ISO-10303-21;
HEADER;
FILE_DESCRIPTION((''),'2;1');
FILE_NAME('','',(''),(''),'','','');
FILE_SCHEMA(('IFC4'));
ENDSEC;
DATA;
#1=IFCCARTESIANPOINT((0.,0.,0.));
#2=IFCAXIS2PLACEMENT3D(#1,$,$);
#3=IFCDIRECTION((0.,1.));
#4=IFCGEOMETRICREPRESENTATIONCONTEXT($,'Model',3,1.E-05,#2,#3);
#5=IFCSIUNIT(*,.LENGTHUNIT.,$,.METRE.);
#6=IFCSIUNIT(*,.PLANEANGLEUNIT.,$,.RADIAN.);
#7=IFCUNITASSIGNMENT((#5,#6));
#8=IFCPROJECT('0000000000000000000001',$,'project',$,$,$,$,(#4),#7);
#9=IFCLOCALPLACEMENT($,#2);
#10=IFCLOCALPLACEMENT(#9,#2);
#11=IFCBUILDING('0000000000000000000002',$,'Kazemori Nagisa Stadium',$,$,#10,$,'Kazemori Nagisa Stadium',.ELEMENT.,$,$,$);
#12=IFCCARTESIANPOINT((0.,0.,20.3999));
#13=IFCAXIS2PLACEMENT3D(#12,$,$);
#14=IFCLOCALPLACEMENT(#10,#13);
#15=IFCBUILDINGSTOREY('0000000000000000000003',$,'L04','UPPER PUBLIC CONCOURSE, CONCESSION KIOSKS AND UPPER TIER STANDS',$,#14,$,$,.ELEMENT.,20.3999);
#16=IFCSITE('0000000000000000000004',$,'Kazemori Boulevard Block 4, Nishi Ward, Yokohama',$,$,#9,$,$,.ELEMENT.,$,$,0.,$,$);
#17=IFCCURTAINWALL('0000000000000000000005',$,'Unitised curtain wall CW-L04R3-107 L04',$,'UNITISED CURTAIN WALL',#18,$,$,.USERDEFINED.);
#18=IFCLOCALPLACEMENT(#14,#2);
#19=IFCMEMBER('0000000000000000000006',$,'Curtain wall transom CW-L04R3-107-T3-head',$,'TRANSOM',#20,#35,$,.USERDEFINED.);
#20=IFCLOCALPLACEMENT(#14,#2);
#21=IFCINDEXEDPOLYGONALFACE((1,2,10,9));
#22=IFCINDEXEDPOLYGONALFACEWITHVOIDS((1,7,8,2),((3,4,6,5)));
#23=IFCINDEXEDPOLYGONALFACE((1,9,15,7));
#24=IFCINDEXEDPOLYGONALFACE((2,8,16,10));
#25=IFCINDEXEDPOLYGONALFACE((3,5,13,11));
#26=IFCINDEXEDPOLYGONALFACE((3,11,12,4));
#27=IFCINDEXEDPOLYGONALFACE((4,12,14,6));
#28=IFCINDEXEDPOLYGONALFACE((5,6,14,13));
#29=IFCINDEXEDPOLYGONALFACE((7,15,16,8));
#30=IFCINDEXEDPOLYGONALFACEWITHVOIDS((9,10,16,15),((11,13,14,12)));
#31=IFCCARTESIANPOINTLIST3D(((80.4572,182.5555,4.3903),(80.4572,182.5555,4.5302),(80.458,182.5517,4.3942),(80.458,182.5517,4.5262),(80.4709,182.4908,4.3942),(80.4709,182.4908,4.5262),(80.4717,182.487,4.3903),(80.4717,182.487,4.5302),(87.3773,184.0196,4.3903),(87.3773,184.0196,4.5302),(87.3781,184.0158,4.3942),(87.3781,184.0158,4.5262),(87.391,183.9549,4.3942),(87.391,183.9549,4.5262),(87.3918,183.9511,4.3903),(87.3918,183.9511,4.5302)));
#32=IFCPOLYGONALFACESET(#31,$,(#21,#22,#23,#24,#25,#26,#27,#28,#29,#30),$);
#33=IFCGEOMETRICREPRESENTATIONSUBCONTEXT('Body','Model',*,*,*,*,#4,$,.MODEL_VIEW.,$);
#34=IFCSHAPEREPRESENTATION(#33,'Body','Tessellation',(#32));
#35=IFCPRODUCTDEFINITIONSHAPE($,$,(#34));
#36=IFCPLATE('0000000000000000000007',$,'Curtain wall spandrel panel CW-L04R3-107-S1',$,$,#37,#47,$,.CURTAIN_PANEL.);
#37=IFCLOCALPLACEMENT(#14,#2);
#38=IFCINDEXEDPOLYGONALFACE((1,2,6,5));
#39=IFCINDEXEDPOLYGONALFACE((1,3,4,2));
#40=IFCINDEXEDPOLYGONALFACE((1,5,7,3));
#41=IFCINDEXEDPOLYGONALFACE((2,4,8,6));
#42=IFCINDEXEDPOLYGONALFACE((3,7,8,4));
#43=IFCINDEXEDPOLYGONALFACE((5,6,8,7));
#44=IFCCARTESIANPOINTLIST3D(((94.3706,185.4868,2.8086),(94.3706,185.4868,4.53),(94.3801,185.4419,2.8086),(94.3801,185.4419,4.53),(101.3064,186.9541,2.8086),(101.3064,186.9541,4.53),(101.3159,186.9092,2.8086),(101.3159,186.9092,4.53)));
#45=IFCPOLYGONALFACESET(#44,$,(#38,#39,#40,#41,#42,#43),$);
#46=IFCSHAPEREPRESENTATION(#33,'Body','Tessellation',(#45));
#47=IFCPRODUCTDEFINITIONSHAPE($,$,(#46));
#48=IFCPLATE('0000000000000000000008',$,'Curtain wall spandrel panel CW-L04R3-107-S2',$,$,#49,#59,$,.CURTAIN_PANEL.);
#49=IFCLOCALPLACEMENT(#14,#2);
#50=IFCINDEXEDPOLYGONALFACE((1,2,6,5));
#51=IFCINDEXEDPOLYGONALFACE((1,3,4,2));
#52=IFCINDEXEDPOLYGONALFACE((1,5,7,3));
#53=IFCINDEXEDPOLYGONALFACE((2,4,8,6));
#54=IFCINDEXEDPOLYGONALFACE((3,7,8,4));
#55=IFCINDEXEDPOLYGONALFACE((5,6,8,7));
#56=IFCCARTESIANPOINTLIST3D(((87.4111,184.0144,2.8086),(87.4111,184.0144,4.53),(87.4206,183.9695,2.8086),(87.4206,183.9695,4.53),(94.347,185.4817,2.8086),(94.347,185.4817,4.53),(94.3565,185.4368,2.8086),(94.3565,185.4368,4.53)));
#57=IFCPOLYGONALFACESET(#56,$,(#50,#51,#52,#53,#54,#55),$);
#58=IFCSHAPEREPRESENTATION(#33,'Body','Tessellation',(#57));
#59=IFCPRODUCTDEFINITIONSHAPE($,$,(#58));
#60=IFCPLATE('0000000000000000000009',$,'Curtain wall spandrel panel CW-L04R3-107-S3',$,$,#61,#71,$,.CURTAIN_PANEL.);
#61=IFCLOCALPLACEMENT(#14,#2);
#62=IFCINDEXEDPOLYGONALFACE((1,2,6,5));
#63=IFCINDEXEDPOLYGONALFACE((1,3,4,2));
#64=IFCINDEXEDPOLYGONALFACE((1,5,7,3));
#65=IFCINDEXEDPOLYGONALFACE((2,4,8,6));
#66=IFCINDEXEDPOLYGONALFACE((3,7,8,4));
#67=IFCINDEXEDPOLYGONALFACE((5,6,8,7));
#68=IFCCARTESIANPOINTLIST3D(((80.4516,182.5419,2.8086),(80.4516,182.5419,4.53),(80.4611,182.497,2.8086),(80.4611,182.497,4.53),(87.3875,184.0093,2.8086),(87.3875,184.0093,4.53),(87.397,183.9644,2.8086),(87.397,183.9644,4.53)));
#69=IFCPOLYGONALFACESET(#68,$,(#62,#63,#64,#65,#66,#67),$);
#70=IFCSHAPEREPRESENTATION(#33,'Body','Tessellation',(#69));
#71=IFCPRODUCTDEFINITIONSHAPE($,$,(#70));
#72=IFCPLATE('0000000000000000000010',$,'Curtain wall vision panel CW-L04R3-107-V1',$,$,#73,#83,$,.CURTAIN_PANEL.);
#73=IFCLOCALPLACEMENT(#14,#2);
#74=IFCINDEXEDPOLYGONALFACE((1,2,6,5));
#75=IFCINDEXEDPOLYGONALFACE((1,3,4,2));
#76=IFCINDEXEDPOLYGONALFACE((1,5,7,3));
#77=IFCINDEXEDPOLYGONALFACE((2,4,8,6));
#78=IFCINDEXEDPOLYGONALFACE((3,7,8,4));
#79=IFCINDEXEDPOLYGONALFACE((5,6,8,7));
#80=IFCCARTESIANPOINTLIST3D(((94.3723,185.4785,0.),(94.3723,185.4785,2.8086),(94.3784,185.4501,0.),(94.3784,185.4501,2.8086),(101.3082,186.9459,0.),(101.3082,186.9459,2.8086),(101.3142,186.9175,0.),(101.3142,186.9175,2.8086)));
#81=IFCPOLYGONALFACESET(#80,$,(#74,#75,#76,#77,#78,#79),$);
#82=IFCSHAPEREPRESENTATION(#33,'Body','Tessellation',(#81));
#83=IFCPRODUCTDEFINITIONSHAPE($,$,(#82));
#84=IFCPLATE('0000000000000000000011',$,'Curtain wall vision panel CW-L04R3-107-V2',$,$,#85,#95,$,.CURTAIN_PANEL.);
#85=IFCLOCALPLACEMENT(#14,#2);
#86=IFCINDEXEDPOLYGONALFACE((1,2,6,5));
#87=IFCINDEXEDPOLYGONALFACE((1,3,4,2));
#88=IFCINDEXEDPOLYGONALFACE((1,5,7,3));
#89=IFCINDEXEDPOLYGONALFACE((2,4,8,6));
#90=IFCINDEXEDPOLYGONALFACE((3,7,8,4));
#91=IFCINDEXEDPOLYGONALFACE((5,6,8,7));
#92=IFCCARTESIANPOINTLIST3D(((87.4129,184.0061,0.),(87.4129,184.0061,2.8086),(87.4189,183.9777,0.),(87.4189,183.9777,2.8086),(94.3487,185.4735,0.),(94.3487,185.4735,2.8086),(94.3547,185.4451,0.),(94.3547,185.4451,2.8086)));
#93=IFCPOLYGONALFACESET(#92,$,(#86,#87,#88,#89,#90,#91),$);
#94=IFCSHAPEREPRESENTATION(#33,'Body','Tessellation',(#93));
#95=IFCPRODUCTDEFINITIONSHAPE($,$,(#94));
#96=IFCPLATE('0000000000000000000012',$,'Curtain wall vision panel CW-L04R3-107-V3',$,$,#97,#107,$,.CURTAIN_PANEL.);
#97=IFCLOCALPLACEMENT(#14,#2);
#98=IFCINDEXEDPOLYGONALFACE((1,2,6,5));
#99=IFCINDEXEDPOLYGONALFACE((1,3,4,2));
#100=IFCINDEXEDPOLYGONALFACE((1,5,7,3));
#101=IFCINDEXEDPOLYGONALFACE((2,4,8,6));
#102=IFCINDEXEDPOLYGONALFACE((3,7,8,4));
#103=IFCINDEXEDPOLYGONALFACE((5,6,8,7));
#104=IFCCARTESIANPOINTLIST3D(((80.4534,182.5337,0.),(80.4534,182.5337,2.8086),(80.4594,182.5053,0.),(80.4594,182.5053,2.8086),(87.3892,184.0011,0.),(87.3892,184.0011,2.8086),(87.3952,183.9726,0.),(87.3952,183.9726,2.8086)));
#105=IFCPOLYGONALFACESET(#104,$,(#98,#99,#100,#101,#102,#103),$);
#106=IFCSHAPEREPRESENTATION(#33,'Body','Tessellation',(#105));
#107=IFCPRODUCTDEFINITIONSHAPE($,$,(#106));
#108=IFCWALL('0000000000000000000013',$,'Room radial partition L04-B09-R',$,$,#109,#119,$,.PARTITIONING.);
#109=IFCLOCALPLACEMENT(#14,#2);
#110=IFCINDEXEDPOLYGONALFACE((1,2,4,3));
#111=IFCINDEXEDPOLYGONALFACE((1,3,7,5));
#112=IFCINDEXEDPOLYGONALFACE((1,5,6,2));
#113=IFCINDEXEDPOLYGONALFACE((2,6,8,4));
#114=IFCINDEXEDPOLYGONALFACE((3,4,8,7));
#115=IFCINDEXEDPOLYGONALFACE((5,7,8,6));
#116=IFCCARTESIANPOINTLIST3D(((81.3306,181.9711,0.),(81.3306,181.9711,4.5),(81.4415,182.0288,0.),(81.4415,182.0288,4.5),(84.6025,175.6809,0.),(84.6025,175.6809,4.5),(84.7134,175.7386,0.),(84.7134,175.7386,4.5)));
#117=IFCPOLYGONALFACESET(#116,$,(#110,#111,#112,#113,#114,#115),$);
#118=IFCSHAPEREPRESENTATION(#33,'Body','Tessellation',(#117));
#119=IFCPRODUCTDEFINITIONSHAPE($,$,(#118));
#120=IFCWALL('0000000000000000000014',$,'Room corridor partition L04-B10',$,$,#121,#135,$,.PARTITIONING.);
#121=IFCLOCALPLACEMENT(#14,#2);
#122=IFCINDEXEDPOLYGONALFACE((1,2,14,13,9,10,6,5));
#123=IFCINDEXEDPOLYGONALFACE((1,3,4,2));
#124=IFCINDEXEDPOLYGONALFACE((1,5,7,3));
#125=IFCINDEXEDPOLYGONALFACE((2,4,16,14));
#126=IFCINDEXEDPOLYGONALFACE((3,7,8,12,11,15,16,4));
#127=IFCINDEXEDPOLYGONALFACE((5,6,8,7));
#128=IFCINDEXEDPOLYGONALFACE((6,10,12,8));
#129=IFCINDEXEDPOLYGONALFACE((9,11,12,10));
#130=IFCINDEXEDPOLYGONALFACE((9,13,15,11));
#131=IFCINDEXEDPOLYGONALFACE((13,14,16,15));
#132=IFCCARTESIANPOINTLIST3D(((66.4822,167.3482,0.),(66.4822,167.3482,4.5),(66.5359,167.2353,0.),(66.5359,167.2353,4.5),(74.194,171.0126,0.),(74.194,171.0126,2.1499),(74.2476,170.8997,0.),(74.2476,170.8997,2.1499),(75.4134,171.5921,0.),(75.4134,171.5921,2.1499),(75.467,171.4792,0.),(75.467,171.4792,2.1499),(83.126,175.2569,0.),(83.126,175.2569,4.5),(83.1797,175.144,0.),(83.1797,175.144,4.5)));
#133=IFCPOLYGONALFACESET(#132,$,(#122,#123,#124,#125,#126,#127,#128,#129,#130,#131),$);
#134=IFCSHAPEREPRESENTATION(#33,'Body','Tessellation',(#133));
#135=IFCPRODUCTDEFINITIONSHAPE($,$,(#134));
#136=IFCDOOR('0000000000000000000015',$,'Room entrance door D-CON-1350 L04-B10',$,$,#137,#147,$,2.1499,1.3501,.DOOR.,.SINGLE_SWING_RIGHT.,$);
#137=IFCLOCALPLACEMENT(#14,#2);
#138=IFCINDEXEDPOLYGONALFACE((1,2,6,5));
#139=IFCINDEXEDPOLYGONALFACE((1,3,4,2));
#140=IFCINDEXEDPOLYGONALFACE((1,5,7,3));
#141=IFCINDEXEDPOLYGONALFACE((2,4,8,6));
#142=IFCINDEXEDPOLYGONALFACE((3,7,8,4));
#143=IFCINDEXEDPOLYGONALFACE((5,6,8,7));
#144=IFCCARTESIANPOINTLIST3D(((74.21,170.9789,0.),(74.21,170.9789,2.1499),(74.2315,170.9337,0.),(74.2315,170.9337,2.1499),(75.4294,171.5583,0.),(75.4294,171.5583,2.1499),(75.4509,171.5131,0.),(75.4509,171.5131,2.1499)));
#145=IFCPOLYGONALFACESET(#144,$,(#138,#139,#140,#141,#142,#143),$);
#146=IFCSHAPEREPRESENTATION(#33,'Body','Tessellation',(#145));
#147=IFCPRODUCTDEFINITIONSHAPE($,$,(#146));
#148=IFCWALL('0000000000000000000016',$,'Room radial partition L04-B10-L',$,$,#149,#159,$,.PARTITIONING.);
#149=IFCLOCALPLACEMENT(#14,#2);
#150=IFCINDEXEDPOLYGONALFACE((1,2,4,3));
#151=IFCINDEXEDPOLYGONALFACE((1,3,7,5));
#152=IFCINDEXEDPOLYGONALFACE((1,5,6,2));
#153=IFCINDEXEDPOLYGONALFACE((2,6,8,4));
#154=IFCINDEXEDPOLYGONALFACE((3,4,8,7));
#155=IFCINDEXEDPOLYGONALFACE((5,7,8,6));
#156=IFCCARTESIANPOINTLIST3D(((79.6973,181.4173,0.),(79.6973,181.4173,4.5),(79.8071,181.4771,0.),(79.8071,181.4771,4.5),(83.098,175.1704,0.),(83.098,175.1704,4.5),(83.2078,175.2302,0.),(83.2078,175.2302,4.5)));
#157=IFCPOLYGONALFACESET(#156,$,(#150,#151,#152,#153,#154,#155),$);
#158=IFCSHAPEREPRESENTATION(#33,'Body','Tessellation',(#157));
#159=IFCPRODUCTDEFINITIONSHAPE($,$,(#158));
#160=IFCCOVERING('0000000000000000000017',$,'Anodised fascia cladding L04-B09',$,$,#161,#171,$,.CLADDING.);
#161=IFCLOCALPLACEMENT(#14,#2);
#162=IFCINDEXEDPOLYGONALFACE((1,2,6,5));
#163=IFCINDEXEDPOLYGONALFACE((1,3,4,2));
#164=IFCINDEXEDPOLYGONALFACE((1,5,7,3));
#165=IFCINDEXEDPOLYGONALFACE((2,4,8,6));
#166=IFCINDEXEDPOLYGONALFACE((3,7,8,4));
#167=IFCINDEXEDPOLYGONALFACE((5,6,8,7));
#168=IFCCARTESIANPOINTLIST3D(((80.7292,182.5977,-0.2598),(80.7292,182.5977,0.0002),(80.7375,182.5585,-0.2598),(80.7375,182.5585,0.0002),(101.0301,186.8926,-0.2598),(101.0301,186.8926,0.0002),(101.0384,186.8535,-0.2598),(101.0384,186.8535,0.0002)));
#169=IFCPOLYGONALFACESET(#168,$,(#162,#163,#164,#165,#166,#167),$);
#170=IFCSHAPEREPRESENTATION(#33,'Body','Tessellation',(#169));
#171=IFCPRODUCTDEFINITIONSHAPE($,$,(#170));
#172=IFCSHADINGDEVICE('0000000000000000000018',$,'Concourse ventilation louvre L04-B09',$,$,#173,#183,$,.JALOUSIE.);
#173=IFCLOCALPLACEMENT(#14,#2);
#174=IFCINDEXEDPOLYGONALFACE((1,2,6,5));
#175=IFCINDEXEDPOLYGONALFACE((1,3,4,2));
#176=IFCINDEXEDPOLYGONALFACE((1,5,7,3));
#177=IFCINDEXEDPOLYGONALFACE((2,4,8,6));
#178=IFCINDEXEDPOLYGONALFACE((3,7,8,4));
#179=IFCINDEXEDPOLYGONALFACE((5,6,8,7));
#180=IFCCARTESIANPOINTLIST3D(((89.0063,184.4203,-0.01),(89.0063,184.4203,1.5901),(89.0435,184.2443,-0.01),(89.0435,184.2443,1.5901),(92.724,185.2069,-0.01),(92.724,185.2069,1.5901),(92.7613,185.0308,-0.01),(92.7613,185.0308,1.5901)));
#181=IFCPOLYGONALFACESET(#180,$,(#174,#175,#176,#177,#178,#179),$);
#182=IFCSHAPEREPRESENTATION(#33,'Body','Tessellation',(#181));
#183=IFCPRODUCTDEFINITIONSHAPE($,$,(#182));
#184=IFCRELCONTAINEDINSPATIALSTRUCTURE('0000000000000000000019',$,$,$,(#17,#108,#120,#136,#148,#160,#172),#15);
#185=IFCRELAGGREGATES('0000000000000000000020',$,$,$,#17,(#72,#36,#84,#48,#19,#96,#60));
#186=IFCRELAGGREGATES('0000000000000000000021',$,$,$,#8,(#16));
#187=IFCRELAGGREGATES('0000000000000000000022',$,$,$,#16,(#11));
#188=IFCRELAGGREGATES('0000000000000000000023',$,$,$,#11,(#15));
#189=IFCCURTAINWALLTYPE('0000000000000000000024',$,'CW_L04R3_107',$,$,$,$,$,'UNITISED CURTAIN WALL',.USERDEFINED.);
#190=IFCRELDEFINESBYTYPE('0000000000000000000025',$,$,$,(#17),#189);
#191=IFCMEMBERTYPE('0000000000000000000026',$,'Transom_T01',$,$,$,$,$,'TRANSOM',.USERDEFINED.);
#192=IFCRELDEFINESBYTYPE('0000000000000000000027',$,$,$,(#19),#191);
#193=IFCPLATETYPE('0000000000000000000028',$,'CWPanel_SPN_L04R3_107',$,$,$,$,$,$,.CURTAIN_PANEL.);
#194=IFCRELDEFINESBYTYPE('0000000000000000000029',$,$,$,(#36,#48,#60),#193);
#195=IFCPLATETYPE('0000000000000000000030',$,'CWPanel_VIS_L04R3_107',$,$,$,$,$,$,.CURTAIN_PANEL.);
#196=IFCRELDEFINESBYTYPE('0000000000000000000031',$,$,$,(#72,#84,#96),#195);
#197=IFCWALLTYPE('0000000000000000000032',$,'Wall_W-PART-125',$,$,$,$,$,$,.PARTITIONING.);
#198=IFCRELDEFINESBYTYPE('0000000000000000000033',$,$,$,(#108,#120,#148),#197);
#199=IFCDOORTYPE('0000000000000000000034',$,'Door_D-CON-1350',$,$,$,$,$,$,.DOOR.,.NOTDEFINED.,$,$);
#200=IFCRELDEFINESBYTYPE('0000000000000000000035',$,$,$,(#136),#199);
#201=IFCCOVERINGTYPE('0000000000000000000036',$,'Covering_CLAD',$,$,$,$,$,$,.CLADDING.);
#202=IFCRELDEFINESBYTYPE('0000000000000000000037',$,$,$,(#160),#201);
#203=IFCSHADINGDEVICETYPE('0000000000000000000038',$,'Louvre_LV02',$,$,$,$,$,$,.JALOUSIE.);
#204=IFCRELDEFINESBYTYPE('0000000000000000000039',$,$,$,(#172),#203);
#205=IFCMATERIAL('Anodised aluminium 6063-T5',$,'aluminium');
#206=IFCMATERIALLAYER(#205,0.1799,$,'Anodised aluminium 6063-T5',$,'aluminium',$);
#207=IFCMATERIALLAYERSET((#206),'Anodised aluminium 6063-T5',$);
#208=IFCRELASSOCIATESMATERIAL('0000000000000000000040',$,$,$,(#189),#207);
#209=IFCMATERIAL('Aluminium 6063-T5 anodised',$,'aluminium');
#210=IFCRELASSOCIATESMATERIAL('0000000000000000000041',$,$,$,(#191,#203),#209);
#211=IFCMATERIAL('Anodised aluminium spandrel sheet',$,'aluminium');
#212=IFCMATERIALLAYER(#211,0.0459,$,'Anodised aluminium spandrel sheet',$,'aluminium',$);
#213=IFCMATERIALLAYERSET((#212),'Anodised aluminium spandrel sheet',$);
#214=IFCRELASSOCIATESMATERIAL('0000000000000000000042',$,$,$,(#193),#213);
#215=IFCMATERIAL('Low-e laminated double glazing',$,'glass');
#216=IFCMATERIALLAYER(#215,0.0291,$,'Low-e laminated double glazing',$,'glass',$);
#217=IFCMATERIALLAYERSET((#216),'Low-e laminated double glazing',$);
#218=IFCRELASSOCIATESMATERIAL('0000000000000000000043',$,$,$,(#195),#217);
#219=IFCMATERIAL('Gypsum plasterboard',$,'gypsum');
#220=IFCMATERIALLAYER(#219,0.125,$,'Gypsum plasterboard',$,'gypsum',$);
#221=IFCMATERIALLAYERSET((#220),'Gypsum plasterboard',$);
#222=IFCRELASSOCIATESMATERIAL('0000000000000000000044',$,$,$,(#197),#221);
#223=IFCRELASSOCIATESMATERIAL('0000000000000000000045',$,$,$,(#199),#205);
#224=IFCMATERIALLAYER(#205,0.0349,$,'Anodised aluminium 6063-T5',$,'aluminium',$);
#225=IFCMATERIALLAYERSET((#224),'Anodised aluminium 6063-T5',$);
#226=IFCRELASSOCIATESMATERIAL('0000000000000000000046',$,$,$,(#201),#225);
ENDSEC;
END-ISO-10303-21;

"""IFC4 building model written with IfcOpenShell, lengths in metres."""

from ifc_helpers import new_model, si_unit, direction, frame, frame_2d, origin, origin_2d, place, context, subcontext, project, spatial, rectangle, hollow_rectangle, extrude, material, layer, layer_set, material_profile, profile_set, type_object, element, fill, aggregate, save


model = new_model("IFC4")

# Units and contexts
model_context = context("Model", 3, precision=1e-05, world=origin(), true_north=direction((0.0, 1.0)))
body_context = subcontext(model_context, "Body", "Model", "MODEL_VIEW")
ifc_project = project(units=[si_unit("LENGTHUNIT", "METRE"), si_unit("PLANEANGLEUNIT", "RADIAN")], contexts=[model_context])

# Site, building, storey
site_placement = place(None, origin())
site = spatial("IfcSite", under=ifc_project, at=site_placement, Name="Kazemori Boulevard Block 4, Nishi Ward, Yokohama", CompositionType="ELEMENT", RefElevation=0.0)
building_placement = place(site_placement, origin())
building = spatial("IfcBuilding", under=site, at=building_placement, Name="Kazemori Nagisa Stadium", LongName="Kazemori Nagisa Stadium", CompositionType="ELEMENT")
storey_placement = place(building_placement, frame((0.0, 0.0, 20.3999)))
storey = spatial("IfcBuildingStorey", under=building, at=storey_placement, Name="L04", Description="UPPER PUBLIC CONCOURSE, CONCESSION KIOSKS AND UPPER TIER STANDS", CompositionType="ELEMENT", Elevation=20.3999)

# Curtain wall, member, plates
ifc_material_1 = material(Name="Anodised aluminium 6063-T5", Category="aluminium")
ifc_layer_1 = layer(ifc_material_1, 0.1799, Name="Anodised aluminium 6063-T5", Category="aluminium")
ifc_layer_set_1 = layer_set([ifc_layer_1], Name="Anodised aluminium 6063-T5")
curtain_wall_type = type_object("IfcCurtainWallType", Name="CW_L04R3_107", ElementType="UNITISED CURTAIN WALL", PredefinedType="USERDEFINED", material=ifc_layer_set_1)
curtain_wall_placement = place(storey_placement, origin())
curtain_wall = element("IfcCurtainWall", 1, at=curtain_wall_placement, inside=storey, type_object=curtain_wall_type, Name="Unitised curtain wall CW-L04R3-107 L04", ObjectType="UNITISED CURTAIN WALL", PredefinedType="USERDEFINED")
ifc_material_2 = material(Name="Aluminium 6063-T5 anodised", Category="aluminium")
ifc_material_profile_1 = material_profile(ifc_material_2, hollow_rectangle(XDim=0.0701, YDim=0.1399, WallThickness=0.0039, at=origin_2d()), Name="ALU-TRAN-70x140x4")
ifc_profile_set_1 = profile_set([ifc_material_profile_1], Name="Aluminium 6063-T5 anodised")
member_type_1 = type_object("IfcMemberType", Name="Transom_T01", ElementType="TRANSOM", PredefinedType="USERDEFINED", material=ifc_profile_set_1)
member_1_placement = place(storey_placement, frame((87.3845, 183.9854, 4.4602), z_axis=(-0.978343, -0.20699, 0.0), x_axis=(0.20699, -0.978343, 0.0)))
member_1 = element("IfcMember", 2, at=member_1_placement, type_object=member_type_1, Name="Curtain wall transom CW-L04R3-107-T3-head", ObjectType="TRANSOM", PredefinedType="USERDEFINED", context=body_context, shape_type="SweptSolid", body=[
    extrude(hollow_rectangle(XDim=0.0701, YDim=0.1399, WallThickness=0.0039, at=origin_2d()), origin(), (0.0, 0.0, 1.0), 7.0732),
])
ifc_material_3 = material(Name="Anodised aluminium spandrel sheet", Category="aluminium")
ifc_layer_2 = layer(ifc_material_3, 0.0459, Name="Anodised aluminium spandrel sheet", Category="aluminium")
ifc_layer_set_2 = layer_set([ifc_layer_2], Name="Anodised aluminium spandrel sheet")
plate_type_1 = type_object("IfcPlateType", Name="CWPanel_SPN_L04R3_107", PredefinedType="CURTAIN_PANEL", material=ifc_layer_set_2)
plate_1_placement = place(storey_placement, frame((97.8433, 186.198, 2.8086), z_axis=(0.0, 0.0, 1.0), x_axis=(-0.978345, -0.206981, 0.0)))
plate_1 = element("IfcPlate", 3, at=plate_1_placement, type_object=plate_type_1, Name="Curtain wall spandrel panel CW-L04R3-107-S1", PredefinedType="CURTAIN_PANEL", context=body_context, shape_type="SweptSolid", body=[
    extrude(rectangle(XDim=7.0894, YDim=0.0459, at=origin_2d()), origin(), (0.0, 0.0, 1.0), 1.7214),
])
plate_2_placement = place(storey_placement, frame((90.8838, 184.7256, 2.8086), z_axis=(0.0, 0.0, 1.0), x_axis=(-0.978345, -0.206981, 0.0)))
plate_2 = element("IfcPlate", 4, at=plate_2_placement, type_object=plate_type_1, Name="Curtain wall spandrel panel CW-L04R3-107-S2", PredefinedType="CURTAIN_PANEL", context=body_context, shape_type="SweptSolid", body=[
    extrude(rectangle(XDim=7.0894, YDim=0.0459, at=origin_2d()), origin(), (0.0, 0.0, 1.0), 1.7214),
])
plate_3_placement = place(storey_placement, frame((83.9243, 183.2532, 2.8086), z_axis=(0.0, 0.0, 1.0), x_axis=(-0.978345, -0.206981, 0.0)))
plate_3 = element("IfcPlate", 5, at=plate_3_placement, type_object=plate_type_1, Name="Curtain wall spandrel panel CW-L04R3-107-S3", PredefinedType="CURTAIN_PANEL", context=body_context, shape_type="SweptSolid", body=[
    extrude(rectangle(XDim=7.0894, YDim=0.0459, at=origin_2d()), origin(), (0.0, 0.0, 1.0), 1.7214),
])
ifc_material_4 = material(Name="Low-e laminated double glazing", Category="glass")
ifc_layer_3 = layer(ifc_material_4, 0.0291, Name="Low-e laminated double glazing", Category="glass")
ifc_layer_set_3 = layer_set([ifc_layer_3], Name="Low-e laminated double glazing")
plate_type_2 = type_object("IfcPlateType", Name="CWPanel_VIS_L04R3_107", PredefinedType="CURTAIN_PANEL", material=ifc_layer_set_3)
plate_4_placement = place(storey_placement, frame((97.8433, 186.198, 0.0), z_axis=(0.0, 0.0, 1.0), x_axis=(-0.978345, -0.206981, 0.0)))
plate_4 = element("IfcPlate", 6, at=plate_4_placement, type_object=plate_type_2, Name="Curtain wall vision panel CW-L04R3-107-V1", PredefinedType="CURTAIN_PANEL", context=body_context, shape_type="SweptSolid", body=[
    extrude(rectangle(XDim=7.0894, YDim=0.0291, at=origin_2d()), origin(), (0.0, 0.0, 1.0), 2.8086),
])
plate_5_placement = place(storey_placement, frame((90.8838, 184.7256, 0.0), z_axis=(0.0, 0.0, 1.0), x_axis=(-0.978345, -0.206981, 0.0)))
plate_5 = element("IfcPlate", 7, at=plate_5_placement, type_object=plate_type_2, Name="Curtain wall vision panel CW-L04R3-107-V2", PredefinedType="CURTAIN_PANEL", context=body_context, shape_type="SweptSolid", body=[
    extrude(rectangle(XDim=7.0894, YDim=0.0291, at=origin_2d()), origin(), (0.0, 0.0, 1.0), 2.8086),
])
plate_6_placement = place(storey_placement, frame((83.9243, 183.2532, 0.0), z_axis=(0.0, 0.0, 1.0), x_axis=(-0.978345, -0.206981, 0.0)))
plate_6 = element("IfcPlate", 8, at=plate_6_placement, type_object=plate_type_2, Name="Curtain wall vision panel CW-L04R3-107-V3", PredefinedType="CURTAIN_PANEL", context=body_context, shape_type="SweptSolid", body=[
    extrude(rectangle(XDim=7.0894, YDim=0.0291, at=origin_2d()), origin(), (0.0, 0.0, 1.0), 2.8086),
])
aggregate(curtain_wall, [plate_4, plate_1, plate_5, plate_2, member_1, plate_6, plate_3])

# Wall
ifc_material_5 = material(Name="Gypsum plasterboard", Category="gypsum")
ifc_layer_4 = layer(ifc_material_5, 0.125, Name="Gypsum plasterboard", Category="gypsum")
ifc_layer_set_4 = layer_set([ifc_layer_4], Name="Gypsum plasterboard")
wall_type = type_object("IfcWallType", Name="Wall_W-PART-125", PredefinedType="PARTITIONING", material=ifc_layer_set_4)
wall_1_placement = place(storey_placement, frame((84.658, 175.7097, 0.0), z_axis=(0.0, 0.0, 1.0), x_axis=(-0.461467, 0.887158, 0.0)))
element("IfcWall", 9, at=wall_1_placement, inside=storey, type_object=wall_type, Name="Room radial partition L04-B09-R", PredefinedType="PARTITIONING", context=body_context, shape_type="SweptSolid", body=[
    extrude(rectangle(XDim=7.0903, YDim=0.125, at=frame_2d((3.5452, 0.0))), origin(), (0.0, 0.0, 1.0), 4.5),
])

# Wall, opening, door
wall_2_placement = place(storey_placement, frame((83.1528, 175.2004, 0.0), z_axis=(0.0, 0.0, 1.0), x_axis=(-0.903217, -0.429185, 0.0)))
wall_2 = element("IfcWall", 10, at=wall_2_placement, inside=storey, type_object=wall_type, Name="Room corridor partition L04-B10", PredefinedType="PARTITIONING", context=body_context, shape_type="SweptSolid", body=[
    extrude(rectangle(XDim=18.4272, YDim=0.125, at=frame_2d((9.2136, 0.0))), origin(), (0.0, 0.0, 1.0), 4.5),
])
opening_placement = place(wall_2_placement, frame((8.5391, 0.0, 0.0)))
opening = element("IfcOpeningElement", 11, at=opening_placement, cuts=wall_2, PredefinedType="OPENING", context=body_context, shape_type="SweptSolid", body=[
    extrude(rectangle(XDim=1.3501, YDim=2.1499, at=frame_2d((0.675, 1.075))), frame((0.0, 0.0725, 0.0), z_axis=(0.0, -1.0, 0.0), x_axis=(1.0, 0.0, 0.0)), (0.0, 0.0, 1.0), 0.145),
])
door_type = type_object("IfcDoorType", Name="Door_D-CON-1350", OperationType="NOTDEFINED", PredefinedType="DOOR", material=ifc_material_1)
door_placement = place(opening_placement, origin())
door = element("IfcDoor", 12, at=door_placement, inside=storey, type_object=door_type, Name="Room entrance door D-CON-1350 L04-B10", OperationType="SINGLE_SWING_RIGHT", OverallHeight=2.1499, OverallWidth=1.3501, PredefinedType="DOOR", context=body_context, shape_type="SweptSolid", body=[
    extrude(rectangle(XDim=1.3501, YDim=2.1499, at=frame_2d((0.675, 1.075))), frame((0.0, 0.0249, 0.0), z_axis=(0.0, -1.0, 0.0), x_axis=(1.0, 0.0, 0.0)), (0.0, 0.0, 1.0), 0.05),
])
fill(opening, door)

# Wall
wall_3_placement = place(storey_placement, frame((83.1528, 175.2004, 0.0), z_axis=(0.0, 0.0, 1.0), x_axis=(-0.478123, 0.878293, 0.0)))
element("IfcWall", 13, at=wall_3_placement, inside=storey, type_object=wall_type, Name="Room radial partition L04-B10-L", PredefinedType="PARTITIONING", context=body_context, shape_type="SweptSolid", body=[
    extrude(rectangle(XDim=7.1125, YDim=0.125, at=frame_2d((3.5562, 0.0))), origin(), (0.0, 0.0, 1.0), 4.5),
])

# Covering
ifc_layer_5 = layer(ifc_material_1, 0.0349, Name="Anodised aluminium 6063-T5", Category="aluminium")
ifc_layer_set_5 = layer_set([ifc_layer_5], Name="Anodised aluminium 6063-T5")
covering_type = type_object("IfcCoveringType", Name="Covering_CLAD", PredefinedType="CLADDING", material=ifc_layer_set_5)
covering_placement = place(storey_placement, frame((90.8838, 184.7256, -0.2598), z_axis=(0.0, 0.0, 1.0), x_axis=(-0.978345, -0.206981, 0.0)))
element("IfcCovering", 14, at=covering_placement, inside=storey, type_object=covering_type, Name="Anodised fascia cladding L04-B09", PredefinedType="CLADDING", context=body_context, shape_type="SweptSolid", body=[
    extrude(rectangle(XDim=20.7502, YDim=0.04, at=origin_2d()), origin(), (0.0, 0.0, 1.0), 0.26),
])

# Shading device
shading_device_type = type_object("IfcShadingDeviceType", Name="Louvre_LV02", PredefinedType="JALOUSIE", material=ifc_material_2)
shading_device_placement = place(storey_placement, frame((90.8838, 184.7256, -0.01), z_axis=(0.0, 0.0, 1.0), x_axis=(-0.978345, -0.206981, 0.0)))
element("IfcShadingDevice", 15, at=shading_device_placement, inside=storey, type_object=shading_device_type, Name="Concourse ventilation louvre L04-B09", PredefinedType="JALOUSIE", context=body_context, shape_type="SweptSolid", body=[
    extrude(rectangle(XDim=3.8, YDim=0.1799, at=origin_2d()), origin(), (0.0, 0.0, 1.0), 1.6001),
])

save(model, "model.ifc")
